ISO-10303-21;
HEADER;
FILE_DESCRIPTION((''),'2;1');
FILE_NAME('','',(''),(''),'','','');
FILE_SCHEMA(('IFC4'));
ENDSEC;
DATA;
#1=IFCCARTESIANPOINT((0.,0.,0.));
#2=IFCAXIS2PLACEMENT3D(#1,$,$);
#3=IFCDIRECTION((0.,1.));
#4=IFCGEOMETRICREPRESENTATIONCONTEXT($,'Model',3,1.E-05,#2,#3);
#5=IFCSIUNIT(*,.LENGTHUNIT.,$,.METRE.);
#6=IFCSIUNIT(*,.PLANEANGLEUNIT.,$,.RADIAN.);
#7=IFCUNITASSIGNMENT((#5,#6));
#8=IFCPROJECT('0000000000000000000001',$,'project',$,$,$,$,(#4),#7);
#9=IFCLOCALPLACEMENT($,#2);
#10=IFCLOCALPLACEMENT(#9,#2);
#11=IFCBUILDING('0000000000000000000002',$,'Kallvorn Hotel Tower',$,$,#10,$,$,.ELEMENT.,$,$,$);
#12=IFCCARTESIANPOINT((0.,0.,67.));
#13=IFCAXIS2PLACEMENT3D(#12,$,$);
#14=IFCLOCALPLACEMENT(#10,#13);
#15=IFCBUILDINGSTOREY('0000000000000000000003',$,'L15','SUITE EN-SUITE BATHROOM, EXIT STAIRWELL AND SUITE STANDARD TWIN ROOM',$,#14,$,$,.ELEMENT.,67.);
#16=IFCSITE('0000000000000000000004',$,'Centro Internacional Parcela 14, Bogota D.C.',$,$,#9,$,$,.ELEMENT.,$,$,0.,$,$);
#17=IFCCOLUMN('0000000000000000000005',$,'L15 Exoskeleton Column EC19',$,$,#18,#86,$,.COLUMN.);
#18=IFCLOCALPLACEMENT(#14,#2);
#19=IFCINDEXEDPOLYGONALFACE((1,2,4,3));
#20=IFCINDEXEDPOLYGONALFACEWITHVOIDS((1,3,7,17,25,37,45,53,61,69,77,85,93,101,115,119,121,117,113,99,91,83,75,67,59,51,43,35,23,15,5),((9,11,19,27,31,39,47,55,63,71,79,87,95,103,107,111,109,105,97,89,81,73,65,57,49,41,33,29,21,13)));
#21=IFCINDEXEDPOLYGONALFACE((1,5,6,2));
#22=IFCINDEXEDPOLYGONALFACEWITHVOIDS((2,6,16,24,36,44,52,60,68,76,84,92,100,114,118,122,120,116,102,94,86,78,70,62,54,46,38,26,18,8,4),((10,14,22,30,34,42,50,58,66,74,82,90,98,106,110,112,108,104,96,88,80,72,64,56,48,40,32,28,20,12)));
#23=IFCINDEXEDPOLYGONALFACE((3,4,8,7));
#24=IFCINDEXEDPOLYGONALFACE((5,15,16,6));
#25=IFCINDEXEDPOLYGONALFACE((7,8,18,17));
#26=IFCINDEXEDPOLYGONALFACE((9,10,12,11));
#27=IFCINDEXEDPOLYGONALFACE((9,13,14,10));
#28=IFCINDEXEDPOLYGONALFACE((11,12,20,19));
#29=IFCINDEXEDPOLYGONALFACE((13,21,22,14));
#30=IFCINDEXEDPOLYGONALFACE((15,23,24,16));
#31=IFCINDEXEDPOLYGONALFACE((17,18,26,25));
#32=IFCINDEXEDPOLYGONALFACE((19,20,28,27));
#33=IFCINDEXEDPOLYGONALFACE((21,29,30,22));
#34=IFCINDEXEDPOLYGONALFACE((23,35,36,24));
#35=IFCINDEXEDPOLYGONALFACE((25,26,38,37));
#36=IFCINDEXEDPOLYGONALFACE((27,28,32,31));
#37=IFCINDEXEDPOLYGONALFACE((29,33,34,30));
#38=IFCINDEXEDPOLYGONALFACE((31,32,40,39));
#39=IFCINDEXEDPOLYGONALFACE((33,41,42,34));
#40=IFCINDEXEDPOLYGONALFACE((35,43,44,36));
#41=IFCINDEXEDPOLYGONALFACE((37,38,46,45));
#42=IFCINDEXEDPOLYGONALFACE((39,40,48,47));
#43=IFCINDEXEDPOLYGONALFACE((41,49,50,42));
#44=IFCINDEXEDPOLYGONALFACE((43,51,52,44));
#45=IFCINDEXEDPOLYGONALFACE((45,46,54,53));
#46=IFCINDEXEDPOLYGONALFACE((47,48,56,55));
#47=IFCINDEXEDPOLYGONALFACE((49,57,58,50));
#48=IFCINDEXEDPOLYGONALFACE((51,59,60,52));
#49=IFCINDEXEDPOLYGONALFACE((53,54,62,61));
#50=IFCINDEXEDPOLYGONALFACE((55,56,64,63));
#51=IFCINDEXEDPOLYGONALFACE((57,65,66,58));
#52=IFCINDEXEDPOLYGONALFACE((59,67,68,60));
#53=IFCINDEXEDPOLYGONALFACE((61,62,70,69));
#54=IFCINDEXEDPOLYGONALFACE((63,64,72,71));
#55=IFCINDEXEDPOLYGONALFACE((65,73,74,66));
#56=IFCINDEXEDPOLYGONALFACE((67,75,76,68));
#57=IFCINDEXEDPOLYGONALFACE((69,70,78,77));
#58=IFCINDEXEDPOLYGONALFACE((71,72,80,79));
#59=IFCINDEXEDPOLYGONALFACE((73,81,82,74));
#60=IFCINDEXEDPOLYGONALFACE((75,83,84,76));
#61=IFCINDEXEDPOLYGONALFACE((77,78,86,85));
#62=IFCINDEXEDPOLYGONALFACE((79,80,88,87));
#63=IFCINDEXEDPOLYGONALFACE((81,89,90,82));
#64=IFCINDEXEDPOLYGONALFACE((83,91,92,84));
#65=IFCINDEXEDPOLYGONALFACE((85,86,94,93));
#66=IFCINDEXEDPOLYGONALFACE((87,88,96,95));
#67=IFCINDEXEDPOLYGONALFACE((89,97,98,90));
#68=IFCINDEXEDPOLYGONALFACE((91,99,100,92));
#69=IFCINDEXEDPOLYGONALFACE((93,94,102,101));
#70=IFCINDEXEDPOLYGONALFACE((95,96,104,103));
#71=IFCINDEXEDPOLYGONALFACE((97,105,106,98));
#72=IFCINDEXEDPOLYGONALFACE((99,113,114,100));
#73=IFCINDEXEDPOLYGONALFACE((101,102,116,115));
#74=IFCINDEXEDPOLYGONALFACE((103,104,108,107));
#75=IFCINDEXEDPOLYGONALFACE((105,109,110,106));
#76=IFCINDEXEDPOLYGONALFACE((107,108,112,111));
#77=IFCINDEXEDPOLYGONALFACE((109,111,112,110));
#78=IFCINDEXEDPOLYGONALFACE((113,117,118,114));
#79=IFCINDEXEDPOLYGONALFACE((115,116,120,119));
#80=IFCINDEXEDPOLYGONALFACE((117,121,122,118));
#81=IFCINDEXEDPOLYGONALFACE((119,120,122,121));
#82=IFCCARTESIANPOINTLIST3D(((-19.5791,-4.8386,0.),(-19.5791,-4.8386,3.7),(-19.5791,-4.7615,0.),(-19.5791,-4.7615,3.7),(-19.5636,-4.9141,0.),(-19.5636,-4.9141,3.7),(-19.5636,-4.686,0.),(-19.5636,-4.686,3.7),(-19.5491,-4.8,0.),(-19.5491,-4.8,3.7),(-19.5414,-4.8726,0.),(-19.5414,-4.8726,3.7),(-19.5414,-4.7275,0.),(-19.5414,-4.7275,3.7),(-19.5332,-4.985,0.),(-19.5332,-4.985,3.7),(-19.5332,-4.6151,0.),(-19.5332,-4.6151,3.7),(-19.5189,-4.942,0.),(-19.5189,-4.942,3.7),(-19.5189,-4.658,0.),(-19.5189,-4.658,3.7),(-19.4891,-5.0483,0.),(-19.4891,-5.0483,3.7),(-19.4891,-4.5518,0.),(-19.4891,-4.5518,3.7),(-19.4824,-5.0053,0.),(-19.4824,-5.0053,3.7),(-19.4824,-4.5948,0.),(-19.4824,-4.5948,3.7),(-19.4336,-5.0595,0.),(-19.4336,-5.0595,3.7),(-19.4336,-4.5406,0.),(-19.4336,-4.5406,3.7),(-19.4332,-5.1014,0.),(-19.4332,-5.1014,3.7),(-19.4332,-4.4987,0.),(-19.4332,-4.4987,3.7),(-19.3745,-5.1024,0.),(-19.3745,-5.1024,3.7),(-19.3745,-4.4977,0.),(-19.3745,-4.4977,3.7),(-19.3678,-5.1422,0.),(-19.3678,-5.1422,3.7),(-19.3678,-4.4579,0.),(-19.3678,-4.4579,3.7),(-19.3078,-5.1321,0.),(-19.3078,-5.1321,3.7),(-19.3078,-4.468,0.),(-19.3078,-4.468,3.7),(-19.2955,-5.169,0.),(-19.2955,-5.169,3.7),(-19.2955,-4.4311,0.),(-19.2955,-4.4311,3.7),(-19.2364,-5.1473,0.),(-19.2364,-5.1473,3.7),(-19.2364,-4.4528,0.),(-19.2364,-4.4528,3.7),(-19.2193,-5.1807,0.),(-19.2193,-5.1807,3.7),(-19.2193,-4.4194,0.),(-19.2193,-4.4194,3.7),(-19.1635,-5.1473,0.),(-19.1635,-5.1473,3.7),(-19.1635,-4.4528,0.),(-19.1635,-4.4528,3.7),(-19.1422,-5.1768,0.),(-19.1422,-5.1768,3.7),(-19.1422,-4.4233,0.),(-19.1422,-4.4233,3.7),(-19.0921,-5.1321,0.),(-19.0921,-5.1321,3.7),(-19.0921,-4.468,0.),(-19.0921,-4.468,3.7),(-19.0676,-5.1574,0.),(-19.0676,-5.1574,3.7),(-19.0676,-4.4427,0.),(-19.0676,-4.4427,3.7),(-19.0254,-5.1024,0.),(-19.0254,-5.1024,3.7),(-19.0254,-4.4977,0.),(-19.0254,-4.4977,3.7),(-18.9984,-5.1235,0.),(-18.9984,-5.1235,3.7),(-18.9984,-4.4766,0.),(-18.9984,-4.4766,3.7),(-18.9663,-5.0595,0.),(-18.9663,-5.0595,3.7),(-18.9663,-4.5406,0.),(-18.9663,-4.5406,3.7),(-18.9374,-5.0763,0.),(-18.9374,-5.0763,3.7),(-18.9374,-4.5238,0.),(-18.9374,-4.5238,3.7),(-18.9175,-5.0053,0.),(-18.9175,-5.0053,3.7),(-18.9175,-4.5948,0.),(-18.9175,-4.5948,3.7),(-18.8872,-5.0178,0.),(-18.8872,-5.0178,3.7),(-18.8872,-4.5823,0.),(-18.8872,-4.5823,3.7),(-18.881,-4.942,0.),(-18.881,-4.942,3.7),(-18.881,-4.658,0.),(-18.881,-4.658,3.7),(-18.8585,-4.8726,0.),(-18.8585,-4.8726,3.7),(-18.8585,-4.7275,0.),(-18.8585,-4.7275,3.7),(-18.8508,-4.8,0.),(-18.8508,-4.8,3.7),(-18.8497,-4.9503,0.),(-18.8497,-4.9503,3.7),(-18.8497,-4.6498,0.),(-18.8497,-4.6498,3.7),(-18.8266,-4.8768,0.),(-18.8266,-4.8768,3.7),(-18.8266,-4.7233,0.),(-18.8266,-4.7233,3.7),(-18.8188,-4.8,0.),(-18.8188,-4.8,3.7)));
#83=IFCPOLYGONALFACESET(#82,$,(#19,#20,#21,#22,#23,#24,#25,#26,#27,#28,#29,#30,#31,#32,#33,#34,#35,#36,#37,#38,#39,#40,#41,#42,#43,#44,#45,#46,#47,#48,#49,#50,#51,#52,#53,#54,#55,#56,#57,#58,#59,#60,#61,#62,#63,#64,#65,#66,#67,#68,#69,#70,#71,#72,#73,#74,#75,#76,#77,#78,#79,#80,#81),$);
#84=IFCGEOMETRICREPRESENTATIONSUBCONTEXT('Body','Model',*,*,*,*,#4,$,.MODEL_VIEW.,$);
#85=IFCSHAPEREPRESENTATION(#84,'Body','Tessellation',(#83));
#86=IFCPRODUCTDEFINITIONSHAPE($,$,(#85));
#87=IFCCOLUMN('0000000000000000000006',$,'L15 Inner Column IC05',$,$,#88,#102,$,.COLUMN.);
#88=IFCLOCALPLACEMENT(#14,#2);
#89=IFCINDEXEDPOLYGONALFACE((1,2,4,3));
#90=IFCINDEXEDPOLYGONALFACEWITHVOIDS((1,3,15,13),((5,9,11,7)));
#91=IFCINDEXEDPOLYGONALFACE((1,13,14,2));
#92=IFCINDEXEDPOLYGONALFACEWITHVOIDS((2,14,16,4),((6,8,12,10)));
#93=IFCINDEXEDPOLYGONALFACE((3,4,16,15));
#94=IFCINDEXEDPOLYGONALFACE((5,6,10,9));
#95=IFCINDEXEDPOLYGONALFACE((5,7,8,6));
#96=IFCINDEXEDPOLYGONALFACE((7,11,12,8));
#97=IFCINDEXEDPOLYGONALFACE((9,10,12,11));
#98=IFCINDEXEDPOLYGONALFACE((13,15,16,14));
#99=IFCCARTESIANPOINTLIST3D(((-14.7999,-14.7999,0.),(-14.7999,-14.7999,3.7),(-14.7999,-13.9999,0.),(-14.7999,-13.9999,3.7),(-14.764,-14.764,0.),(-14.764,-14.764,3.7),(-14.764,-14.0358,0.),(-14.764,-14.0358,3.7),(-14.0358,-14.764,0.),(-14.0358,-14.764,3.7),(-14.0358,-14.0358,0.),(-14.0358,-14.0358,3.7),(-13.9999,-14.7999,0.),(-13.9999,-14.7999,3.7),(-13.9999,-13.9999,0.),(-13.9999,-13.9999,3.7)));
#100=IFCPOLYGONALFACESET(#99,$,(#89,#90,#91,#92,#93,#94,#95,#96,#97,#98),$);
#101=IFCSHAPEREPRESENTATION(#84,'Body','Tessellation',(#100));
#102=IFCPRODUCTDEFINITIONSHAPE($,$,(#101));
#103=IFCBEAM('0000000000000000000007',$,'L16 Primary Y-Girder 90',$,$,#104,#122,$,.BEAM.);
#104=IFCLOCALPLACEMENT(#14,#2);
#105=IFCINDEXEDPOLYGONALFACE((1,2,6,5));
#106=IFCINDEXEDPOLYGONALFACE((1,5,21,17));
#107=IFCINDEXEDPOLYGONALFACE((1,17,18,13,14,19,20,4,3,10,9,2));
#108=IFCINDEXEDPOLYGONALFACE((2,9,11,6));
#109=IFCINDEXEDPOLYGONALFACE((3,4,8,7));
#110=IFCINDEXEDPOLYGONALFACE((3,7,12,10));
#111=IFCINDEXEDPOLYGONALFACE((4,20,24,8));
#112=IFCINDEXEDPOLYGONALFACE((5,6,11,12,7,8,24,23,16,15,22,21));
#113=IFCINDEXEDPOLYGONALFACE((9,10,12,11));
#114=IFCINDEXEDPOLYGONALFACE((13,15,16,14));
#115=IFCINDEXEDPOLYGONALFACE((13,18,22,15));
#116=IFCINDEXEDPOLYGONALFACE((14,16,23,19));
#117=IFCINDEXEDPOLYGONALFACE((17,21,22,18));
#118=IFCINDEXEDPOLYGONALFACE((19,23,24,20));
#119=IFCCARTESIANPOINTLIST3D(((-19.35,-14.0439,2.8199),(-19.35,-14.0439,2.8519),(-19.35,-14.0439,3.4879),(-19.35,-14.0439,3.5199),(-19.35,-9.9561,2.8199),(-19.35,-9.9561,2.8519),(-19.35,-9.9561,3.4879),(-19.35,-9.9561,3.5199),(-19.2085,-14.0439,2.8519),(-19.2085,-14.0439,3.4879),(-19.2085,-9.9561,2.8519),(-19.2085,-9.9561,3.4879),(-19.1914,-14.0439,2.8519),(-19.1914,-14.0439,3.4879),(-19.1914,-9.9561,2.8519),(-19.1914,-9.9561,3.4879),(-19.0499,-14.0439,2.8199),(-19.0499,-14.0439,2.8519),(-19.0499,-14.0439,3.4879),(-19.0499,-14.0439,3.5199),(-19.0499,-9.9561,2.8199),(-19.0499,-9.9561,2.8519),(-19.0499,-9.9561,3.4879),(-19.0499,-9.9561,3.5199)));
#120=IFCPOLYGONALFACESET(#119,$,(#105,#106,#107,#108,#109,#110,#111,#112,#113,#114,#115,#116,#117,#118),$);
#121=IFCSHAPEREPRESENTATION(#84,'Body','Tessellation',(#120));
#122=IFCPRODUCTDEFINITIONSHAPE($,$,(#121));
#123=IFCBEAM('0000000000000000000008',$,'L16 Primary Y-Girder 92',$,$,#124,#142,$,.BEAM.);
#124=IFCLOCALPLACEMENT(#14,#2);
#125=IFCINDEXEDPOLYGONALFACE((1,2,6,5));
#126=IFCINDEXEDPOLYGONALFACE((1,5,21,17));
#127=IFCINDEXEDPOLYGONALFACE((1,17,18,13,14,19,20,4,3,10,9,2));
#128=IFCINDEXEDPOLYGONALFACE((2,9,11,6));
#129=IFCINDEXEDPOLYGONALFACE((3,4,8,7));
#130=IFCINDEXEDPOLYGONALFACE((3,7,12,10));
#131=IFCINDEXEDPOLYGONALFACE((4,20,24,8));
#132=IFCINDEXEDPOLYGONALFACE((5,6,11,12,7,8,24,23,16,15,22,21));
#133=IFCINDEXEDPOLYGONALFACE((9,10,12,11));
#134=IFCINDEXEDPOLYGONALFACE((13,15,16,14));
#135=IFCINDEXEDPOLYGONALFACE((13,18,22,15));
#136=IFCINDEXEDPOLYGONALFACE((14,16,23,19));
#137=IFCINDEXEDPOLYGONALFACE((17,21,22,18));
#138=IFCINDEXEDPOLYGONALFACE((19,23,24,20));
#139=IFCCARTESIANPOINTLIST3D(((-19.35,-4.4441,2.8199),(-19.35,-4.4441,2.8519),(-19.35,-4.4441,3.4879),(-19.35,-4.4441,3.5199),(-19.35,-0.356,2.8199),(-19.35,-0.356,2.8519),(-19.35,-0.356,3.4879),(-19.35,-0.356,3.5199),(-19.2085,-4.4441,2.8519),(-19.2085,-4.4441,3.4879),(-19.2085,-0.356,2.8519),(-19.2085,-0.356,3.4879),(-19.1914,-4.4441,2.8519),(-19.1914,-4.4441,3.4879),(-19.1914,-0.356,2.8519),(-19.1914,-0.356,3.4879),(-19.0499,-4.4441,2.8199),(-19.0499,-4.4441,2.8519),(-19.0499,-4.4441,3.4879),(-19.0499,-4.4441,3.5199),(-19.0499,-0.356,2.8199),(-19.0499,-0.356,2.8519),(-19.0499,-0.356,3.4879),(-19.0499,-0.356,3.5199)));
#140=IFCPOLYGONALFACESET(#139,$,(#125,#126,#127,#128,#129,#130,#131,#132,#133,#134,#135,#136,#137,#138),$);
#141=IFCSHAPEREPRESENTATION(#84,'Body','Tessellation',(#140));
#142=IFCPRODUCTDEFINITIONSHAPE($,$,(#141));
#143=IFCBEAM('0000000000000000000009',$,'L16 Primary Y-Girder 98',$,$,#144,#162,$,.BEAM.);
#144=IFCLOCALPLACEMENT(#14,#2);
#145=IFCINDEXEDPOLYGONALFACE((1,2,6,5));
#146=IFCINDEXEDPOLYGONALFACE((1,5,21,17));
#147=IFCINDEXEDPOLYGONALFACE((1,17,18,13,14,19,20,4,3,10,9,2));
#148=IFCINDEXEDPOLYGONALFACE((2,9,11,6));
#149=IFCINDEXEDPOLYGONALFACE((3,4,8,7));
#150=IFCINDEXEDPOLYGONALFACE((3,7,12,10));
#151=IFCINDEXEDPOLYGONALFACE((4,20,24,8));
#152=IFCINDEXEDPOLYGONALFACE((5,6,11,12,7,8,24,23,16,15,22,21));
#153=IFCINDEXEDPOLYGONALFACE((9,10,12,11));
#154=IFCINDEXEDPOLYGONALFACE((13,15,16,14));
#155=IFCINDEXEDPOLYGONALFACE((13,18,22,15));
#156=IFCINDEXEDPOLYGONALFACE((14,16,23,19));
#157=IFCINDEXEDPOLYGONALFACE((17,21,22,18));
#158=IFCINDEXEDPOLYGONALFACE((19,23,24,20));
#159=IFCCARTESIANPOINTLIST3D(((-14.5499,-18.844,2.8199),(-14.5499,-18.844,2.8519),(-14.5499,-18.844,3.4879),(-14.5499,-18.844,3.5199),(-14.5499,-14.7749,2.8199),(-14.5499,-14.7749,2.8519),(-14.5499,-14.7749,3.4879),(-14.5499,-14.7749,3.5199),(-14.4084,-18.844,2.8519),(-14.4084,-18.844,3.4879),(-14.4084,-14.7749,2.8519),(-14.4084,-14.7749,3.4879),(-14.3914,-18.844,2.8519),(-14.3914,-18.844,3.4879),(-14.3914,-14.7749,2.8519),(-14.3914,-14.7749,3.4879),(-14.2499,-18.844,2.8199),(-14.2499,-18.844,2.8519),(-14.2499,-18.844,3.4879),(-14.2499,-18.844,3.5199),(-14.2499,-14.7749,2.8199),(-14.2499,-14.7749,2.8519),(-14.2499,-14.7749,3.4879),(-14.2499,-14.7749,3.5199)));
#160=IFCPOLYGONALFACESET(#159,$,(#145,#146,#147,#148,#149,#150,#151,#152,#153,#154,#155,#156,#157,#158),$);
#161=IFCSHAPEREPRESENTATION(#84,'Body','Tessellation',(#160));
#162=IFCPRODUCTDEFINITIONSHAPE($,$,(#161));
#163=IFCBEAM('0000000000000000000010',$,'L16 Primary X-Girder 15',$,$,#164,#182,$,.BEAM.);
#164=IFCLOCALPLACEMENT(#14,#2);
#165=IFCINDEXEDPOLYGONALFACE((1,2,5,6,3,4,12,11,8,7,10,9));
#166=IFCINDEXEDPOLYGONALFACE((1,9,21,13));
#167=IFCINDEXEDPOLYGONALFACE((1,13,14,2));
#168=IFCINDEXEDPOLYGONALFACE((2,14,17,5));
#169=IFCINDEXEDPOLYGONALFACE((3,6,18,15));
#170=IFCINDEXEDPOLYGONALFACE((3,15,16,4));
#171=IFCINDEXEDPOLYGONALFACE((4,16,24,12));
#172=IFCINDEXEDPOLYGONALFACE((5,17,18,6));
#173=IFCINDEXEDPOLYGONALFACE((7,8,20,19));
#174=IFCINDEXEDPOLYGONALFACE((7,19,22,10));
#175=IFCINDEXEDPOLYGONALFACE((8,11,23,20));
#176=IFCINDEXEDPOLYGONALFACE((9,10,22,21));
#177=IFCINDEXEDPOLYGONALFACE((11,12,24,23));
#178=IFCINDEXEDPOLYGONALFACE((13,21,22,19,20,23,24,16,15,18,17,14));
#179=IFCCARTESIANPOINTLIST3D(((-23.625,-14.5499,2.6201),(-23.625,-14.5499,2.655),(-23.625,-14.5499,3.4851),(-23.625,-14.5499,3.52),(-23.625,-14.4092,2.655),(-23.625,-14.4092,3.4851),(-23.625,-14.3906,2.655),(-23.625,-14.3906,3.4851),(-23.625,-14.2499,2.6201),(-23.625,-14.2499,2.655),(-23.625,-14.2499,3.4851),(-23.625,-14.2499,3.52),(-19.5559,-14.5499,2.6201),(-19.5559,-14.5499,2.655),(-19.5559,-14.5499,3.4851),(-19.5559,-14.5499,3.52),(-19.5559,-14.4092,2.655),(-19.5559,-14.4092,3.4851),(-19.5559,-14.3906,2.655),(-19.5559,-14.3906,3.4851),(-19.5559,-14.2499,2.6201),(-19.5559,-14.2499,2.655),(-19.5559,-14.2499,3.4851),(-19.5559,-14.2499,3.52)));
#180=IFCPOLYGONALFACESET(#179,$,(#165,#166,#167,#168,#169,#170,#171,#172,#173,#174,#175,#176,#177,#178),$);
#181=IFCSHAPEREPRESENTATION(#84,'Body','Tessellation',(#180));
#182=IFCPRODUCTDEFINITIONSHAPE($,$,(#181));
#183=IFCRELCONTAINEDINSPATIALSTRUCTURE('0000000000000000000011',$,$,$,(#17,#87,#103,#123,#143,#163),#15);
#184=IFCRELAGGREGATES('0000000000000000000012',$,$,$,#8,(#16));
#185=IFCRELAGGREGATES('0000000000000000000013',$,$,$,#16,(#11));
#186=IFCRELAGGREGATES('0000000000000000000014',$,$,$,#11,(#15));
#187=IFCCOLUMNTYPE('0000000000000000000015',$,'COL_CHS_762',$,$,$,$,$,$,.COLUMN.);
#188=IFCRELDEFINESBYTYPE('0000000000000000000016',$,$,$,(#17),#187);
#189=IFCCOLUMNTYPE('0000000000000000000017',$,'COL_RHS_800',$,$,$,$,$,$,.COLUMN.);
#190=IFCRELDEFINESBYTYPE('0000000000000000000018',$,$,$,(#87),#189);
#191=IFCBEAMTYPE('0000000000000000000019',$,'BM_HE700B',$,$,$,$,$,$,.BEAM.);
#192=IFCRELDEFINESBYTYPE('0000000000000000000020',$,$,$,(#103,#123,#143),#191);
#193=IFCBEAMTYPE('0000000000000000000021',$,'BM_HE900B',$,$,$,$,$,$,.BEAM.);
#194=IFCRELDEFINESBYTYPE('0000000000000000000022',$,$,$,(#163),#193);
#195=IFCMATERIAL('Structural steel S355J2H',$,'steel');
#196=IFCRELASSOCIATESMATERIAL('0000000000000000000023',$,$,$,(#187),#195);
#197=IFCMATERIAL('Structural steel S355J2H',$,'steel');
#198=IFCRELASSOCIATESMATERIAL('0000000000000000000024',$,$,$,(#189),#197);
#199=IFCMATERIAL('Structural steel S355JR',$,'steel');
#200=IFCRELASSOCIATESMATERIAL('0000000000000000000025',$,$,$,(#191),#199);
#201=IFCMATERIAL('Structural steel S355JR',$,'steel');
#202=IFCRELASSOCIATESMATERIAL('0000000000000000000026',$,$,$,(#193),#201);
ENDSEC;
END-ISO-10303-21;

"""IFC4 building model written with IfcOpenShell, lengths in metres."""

from ifc_helpers import new_model, si_unit, direction, frame, origin, origin_2d, place, context, subcontext, project, spatial, hollow_rectangle, hollow_circle, i_section, extrude, material, material_profile, profile_set, type_object, element, save


model = new_model("IFC4")

# Units and contexts
model_context = context("Model", 3, precision=1e-05, world=origin(), true_north=direction((0.0, 1.0)))
body_context = subcontext(model_context, "Body", "Model", "MODEL_VIEW")
ifc_project = project(units=[si_unit("LENGTHUNIT", "METRE"), si_unit("PLANEANGLEUNIT", "RADIAN")], contexts=[model_context])

# Site, building, storey
site_placement = place(None, origin())
site = spatial("IfcSite", under=ifc_project, at=site_placement, Name="Centro Internacional Parcela 14, Bogota D.C.", CompositionType="ELEMENT", RefElevation=0.0)
building_placement = place(site_placement, origin())
building = spatial("IfcBuilding", under=site, at=building_placement, Name="Kallvorn Hotel Tower", CompositionType="ELEMENT")
storey_placement = place(building_placement, frame((0.0, 0.0, 67.0)))
storey = spatial("IfcBuildingStorey", under=building, at=storey_placement, Name="L15", Description="SUITE EN-SUITE BATHROOM, EXIT STAIRWELL AND SUITE STANDARD TWIN ROOM", CompositionType="ELEMENT", Elevation=67.0)

# Columns
ifc_material_1 = material(Name="Structural steel S355J2H", Category="steel")
ifc_material_profile_1 = material_profile(ifc_material_1, hollow_circle(Radius=0.3811, WallThickness=0.032, at=origin_2d()), Name="CHS 762x32")
ifc_profile_set_1 = profile_set([ifc_material_profile_1], Name="Structural steel S355J2H")
column_type_1 = type_object("IfcColumnType", Name="COL_CHS_762", PredefinedType="COLUMN", material=ifc_profile_set_1)
for number, where, z_axis, x_axis, name in (
    (1, (-19.2, -4.8, 0.0), (0.0, 0.0, 1.0), (1.0, 0.0, 0.0), "L15 Exoskeleton Column EC19"),
):
    element("IfcColumn", number, at=place(storey_placement, frame(where, z_axis=z_axis, x_axis=x_axis)), inside=storey, type_object=column_type_1, Name=name, PredefinedType="COLUMN", context=body_context, shape_type="SweptSolid", body=[
        extrude(hollow_circle(Radius=0.3811, WallThickness=0.032, at=origin_2d()), origin(), (0.0, 0.0, 1.0), 3.7),
    ])
ifc_material_2 = material(Name="Structural steel S355J2H", Category="steel")
ifc_material_profile_2 = material_profile(ifc_material_2, hollow_rectangle(XDim=0.8, YDim=0.8, WallThickness=0.0359, at=origin_2d()), Name="RHS 800x800x36")
ifc_profile_set_2 = profile_set([ifc_material_profile_2], Name="Structural steel S355J2H")
column_type_2 = type_object("IfcColumnType", Name="COL_RHS_800", PredefinedType="COLUMN", material=ifc_profile_set_2)
column_placement = place(storey_placement, frame((-14.3999, -14.3999, 0.0), z_axis=(0.0, 0.0, 1.0), x_axis=(1.0, 0.0, 0.0)))
element("IfcColumn", 2, at=column_placement, inside=storey, type_object=column_type_2, Name="L15 Inner Column IC05", PredefinedType="COLUMN", context=body_context, shape_type="SweptSolid", body=[
    extrude(hollow_rectangle(XDim=0.8, YDim=0.8, WallThickness=0.0359, at=origin_2d()), origin(), (0.0, 0.0, 1.0), 3.7),
])

# Beams
ifc_material_3 = material(Name="Structural steel S355JR", Category="steel")
ifc_material_profile_3 = material_profile(ifc_material_3, i_section(OverallWidth=0.3, OverallDepth=0.7, WebThickness=0.0171, FlangeThickness=0.032, at=origin_2d()), Name="HE 700 B")
ifc_profile_set_3 = profile_set([ifc_material_profile_3], Name="Structural steel S355JR")
beam_type_1 = type_object("IfcBeamType", Name="BM_HE700B", PredefinedType="BEAM", material=ifc_profile_set_3)
beam_1_placement = place(storey_placement, frame((-19.2, -14.0439, 3.1699), z_axis=(0.0, 1.0, 0.0), x_axis=(-1.0, 0.0, 0.0)))
element("IfcBeam", 3, at=beam_1_placement, inside=storey, type_object=beam_type_1, Name="L16 Primary Y-Girder 90", PredefinedType="BEAM", context=body_context, shape_type="SweptSolid", body=[
    extrude(i_section(OverallWidth=0.3, OverallDepth=0.7, WebThickness=0.0171, FlangeThickness=0.032, at=origin_2d()), origin(), (0.0, 0.0, 1.0), 4.0879),
])
beam_2_placement = place(storey_placement, frame((-19.2, -4.4441, 3.1699), z_axis=(0.0, 1.0, 0.0), x_axis=(-1.0, 0.0, 0.0)))
element("IfcBeam", 4, at=beam_2_placement, inside=storey, type_object=beam_type_1, Name="L16 Primary Y-Girder 92", PredefinedType="BEAM", context=body_context, shape_type="SweptSolid", body=[
    extrude(i_section(OverallWidth=0.3, OverallDepth=0.7, WebThickness=0.0171, FlangeThickness=0.032, at=origin_2d()), origin(), (0.0, 0.0, 1.0), 4.0881),
])
beam_3_placement = place(storey_placement, frame((-14.3999, -18.844, 3.1699), z_axis=(0.0, 1.0, 0.0), x_axis=(-1.0, 0.0, 0.0)))
element("IfcBeam", 5, at=beam_3_placement, inside=storey, type_object=beam_type_1, Name="L16 Primary Y-Girder 98", PredefinedType="BEAM", context=body_context, shape_type="SweptSolid", body=[
    extrude(i_section(OverallWidth=0.3, OverallDepth=0.7, WebThickness=0.0171, FlangeThickness=0.032, at=origin_2d()), origin(), (0.0, 0.0, 1.0), 4.0691),
])
ifc_material_4 = material(Name="Structural steel S355JR", Category="steel")
ifc_material_profile_4 = material_profile(ifc_material_4, i_section(OverallWidth=0.3, OverallDepth=0.8999, WebThickness=0.0186, FlangeThickness=0.0349, at=origin_2d()), Name="HE 900 B")
ifc_profile_set_4 = profile_set([ifc_material_profile_4], Name="Structural steel S355JR")
beam_type_2 = type_object("IfcBeamType", Name="BM_HE900B", PredefinedType="BEAM", material=ifc_profile_set_4)
for number, where, z_axis, x_axis, name in (
    (6, (-23.625, -14.3999, 3.0701), (1.0, 0.0, 0.0), (0.0, 1.0, 0.0), "L16 Primary X-Girder 15"),
):
    element("IfcBeam", number, at=place(storey_placement, frame(where, z_axis=z_axis, x_axis=x_axis)), inside=storey, type_object=beam_type_2, Name=name, PredefinedType="BEAM", context=body_context, shape_type="SweptSolid", body=[
        extrude(i_section(OverallWidth=0.3, OverallDepth=0.8999, WebThickness=0.0186, FlangeThickness=0.0349, at=origin_2d()), origin(), (0.0, 0.0, 1.0), 4.0691),
    ])

save(model, "model.ifc")
